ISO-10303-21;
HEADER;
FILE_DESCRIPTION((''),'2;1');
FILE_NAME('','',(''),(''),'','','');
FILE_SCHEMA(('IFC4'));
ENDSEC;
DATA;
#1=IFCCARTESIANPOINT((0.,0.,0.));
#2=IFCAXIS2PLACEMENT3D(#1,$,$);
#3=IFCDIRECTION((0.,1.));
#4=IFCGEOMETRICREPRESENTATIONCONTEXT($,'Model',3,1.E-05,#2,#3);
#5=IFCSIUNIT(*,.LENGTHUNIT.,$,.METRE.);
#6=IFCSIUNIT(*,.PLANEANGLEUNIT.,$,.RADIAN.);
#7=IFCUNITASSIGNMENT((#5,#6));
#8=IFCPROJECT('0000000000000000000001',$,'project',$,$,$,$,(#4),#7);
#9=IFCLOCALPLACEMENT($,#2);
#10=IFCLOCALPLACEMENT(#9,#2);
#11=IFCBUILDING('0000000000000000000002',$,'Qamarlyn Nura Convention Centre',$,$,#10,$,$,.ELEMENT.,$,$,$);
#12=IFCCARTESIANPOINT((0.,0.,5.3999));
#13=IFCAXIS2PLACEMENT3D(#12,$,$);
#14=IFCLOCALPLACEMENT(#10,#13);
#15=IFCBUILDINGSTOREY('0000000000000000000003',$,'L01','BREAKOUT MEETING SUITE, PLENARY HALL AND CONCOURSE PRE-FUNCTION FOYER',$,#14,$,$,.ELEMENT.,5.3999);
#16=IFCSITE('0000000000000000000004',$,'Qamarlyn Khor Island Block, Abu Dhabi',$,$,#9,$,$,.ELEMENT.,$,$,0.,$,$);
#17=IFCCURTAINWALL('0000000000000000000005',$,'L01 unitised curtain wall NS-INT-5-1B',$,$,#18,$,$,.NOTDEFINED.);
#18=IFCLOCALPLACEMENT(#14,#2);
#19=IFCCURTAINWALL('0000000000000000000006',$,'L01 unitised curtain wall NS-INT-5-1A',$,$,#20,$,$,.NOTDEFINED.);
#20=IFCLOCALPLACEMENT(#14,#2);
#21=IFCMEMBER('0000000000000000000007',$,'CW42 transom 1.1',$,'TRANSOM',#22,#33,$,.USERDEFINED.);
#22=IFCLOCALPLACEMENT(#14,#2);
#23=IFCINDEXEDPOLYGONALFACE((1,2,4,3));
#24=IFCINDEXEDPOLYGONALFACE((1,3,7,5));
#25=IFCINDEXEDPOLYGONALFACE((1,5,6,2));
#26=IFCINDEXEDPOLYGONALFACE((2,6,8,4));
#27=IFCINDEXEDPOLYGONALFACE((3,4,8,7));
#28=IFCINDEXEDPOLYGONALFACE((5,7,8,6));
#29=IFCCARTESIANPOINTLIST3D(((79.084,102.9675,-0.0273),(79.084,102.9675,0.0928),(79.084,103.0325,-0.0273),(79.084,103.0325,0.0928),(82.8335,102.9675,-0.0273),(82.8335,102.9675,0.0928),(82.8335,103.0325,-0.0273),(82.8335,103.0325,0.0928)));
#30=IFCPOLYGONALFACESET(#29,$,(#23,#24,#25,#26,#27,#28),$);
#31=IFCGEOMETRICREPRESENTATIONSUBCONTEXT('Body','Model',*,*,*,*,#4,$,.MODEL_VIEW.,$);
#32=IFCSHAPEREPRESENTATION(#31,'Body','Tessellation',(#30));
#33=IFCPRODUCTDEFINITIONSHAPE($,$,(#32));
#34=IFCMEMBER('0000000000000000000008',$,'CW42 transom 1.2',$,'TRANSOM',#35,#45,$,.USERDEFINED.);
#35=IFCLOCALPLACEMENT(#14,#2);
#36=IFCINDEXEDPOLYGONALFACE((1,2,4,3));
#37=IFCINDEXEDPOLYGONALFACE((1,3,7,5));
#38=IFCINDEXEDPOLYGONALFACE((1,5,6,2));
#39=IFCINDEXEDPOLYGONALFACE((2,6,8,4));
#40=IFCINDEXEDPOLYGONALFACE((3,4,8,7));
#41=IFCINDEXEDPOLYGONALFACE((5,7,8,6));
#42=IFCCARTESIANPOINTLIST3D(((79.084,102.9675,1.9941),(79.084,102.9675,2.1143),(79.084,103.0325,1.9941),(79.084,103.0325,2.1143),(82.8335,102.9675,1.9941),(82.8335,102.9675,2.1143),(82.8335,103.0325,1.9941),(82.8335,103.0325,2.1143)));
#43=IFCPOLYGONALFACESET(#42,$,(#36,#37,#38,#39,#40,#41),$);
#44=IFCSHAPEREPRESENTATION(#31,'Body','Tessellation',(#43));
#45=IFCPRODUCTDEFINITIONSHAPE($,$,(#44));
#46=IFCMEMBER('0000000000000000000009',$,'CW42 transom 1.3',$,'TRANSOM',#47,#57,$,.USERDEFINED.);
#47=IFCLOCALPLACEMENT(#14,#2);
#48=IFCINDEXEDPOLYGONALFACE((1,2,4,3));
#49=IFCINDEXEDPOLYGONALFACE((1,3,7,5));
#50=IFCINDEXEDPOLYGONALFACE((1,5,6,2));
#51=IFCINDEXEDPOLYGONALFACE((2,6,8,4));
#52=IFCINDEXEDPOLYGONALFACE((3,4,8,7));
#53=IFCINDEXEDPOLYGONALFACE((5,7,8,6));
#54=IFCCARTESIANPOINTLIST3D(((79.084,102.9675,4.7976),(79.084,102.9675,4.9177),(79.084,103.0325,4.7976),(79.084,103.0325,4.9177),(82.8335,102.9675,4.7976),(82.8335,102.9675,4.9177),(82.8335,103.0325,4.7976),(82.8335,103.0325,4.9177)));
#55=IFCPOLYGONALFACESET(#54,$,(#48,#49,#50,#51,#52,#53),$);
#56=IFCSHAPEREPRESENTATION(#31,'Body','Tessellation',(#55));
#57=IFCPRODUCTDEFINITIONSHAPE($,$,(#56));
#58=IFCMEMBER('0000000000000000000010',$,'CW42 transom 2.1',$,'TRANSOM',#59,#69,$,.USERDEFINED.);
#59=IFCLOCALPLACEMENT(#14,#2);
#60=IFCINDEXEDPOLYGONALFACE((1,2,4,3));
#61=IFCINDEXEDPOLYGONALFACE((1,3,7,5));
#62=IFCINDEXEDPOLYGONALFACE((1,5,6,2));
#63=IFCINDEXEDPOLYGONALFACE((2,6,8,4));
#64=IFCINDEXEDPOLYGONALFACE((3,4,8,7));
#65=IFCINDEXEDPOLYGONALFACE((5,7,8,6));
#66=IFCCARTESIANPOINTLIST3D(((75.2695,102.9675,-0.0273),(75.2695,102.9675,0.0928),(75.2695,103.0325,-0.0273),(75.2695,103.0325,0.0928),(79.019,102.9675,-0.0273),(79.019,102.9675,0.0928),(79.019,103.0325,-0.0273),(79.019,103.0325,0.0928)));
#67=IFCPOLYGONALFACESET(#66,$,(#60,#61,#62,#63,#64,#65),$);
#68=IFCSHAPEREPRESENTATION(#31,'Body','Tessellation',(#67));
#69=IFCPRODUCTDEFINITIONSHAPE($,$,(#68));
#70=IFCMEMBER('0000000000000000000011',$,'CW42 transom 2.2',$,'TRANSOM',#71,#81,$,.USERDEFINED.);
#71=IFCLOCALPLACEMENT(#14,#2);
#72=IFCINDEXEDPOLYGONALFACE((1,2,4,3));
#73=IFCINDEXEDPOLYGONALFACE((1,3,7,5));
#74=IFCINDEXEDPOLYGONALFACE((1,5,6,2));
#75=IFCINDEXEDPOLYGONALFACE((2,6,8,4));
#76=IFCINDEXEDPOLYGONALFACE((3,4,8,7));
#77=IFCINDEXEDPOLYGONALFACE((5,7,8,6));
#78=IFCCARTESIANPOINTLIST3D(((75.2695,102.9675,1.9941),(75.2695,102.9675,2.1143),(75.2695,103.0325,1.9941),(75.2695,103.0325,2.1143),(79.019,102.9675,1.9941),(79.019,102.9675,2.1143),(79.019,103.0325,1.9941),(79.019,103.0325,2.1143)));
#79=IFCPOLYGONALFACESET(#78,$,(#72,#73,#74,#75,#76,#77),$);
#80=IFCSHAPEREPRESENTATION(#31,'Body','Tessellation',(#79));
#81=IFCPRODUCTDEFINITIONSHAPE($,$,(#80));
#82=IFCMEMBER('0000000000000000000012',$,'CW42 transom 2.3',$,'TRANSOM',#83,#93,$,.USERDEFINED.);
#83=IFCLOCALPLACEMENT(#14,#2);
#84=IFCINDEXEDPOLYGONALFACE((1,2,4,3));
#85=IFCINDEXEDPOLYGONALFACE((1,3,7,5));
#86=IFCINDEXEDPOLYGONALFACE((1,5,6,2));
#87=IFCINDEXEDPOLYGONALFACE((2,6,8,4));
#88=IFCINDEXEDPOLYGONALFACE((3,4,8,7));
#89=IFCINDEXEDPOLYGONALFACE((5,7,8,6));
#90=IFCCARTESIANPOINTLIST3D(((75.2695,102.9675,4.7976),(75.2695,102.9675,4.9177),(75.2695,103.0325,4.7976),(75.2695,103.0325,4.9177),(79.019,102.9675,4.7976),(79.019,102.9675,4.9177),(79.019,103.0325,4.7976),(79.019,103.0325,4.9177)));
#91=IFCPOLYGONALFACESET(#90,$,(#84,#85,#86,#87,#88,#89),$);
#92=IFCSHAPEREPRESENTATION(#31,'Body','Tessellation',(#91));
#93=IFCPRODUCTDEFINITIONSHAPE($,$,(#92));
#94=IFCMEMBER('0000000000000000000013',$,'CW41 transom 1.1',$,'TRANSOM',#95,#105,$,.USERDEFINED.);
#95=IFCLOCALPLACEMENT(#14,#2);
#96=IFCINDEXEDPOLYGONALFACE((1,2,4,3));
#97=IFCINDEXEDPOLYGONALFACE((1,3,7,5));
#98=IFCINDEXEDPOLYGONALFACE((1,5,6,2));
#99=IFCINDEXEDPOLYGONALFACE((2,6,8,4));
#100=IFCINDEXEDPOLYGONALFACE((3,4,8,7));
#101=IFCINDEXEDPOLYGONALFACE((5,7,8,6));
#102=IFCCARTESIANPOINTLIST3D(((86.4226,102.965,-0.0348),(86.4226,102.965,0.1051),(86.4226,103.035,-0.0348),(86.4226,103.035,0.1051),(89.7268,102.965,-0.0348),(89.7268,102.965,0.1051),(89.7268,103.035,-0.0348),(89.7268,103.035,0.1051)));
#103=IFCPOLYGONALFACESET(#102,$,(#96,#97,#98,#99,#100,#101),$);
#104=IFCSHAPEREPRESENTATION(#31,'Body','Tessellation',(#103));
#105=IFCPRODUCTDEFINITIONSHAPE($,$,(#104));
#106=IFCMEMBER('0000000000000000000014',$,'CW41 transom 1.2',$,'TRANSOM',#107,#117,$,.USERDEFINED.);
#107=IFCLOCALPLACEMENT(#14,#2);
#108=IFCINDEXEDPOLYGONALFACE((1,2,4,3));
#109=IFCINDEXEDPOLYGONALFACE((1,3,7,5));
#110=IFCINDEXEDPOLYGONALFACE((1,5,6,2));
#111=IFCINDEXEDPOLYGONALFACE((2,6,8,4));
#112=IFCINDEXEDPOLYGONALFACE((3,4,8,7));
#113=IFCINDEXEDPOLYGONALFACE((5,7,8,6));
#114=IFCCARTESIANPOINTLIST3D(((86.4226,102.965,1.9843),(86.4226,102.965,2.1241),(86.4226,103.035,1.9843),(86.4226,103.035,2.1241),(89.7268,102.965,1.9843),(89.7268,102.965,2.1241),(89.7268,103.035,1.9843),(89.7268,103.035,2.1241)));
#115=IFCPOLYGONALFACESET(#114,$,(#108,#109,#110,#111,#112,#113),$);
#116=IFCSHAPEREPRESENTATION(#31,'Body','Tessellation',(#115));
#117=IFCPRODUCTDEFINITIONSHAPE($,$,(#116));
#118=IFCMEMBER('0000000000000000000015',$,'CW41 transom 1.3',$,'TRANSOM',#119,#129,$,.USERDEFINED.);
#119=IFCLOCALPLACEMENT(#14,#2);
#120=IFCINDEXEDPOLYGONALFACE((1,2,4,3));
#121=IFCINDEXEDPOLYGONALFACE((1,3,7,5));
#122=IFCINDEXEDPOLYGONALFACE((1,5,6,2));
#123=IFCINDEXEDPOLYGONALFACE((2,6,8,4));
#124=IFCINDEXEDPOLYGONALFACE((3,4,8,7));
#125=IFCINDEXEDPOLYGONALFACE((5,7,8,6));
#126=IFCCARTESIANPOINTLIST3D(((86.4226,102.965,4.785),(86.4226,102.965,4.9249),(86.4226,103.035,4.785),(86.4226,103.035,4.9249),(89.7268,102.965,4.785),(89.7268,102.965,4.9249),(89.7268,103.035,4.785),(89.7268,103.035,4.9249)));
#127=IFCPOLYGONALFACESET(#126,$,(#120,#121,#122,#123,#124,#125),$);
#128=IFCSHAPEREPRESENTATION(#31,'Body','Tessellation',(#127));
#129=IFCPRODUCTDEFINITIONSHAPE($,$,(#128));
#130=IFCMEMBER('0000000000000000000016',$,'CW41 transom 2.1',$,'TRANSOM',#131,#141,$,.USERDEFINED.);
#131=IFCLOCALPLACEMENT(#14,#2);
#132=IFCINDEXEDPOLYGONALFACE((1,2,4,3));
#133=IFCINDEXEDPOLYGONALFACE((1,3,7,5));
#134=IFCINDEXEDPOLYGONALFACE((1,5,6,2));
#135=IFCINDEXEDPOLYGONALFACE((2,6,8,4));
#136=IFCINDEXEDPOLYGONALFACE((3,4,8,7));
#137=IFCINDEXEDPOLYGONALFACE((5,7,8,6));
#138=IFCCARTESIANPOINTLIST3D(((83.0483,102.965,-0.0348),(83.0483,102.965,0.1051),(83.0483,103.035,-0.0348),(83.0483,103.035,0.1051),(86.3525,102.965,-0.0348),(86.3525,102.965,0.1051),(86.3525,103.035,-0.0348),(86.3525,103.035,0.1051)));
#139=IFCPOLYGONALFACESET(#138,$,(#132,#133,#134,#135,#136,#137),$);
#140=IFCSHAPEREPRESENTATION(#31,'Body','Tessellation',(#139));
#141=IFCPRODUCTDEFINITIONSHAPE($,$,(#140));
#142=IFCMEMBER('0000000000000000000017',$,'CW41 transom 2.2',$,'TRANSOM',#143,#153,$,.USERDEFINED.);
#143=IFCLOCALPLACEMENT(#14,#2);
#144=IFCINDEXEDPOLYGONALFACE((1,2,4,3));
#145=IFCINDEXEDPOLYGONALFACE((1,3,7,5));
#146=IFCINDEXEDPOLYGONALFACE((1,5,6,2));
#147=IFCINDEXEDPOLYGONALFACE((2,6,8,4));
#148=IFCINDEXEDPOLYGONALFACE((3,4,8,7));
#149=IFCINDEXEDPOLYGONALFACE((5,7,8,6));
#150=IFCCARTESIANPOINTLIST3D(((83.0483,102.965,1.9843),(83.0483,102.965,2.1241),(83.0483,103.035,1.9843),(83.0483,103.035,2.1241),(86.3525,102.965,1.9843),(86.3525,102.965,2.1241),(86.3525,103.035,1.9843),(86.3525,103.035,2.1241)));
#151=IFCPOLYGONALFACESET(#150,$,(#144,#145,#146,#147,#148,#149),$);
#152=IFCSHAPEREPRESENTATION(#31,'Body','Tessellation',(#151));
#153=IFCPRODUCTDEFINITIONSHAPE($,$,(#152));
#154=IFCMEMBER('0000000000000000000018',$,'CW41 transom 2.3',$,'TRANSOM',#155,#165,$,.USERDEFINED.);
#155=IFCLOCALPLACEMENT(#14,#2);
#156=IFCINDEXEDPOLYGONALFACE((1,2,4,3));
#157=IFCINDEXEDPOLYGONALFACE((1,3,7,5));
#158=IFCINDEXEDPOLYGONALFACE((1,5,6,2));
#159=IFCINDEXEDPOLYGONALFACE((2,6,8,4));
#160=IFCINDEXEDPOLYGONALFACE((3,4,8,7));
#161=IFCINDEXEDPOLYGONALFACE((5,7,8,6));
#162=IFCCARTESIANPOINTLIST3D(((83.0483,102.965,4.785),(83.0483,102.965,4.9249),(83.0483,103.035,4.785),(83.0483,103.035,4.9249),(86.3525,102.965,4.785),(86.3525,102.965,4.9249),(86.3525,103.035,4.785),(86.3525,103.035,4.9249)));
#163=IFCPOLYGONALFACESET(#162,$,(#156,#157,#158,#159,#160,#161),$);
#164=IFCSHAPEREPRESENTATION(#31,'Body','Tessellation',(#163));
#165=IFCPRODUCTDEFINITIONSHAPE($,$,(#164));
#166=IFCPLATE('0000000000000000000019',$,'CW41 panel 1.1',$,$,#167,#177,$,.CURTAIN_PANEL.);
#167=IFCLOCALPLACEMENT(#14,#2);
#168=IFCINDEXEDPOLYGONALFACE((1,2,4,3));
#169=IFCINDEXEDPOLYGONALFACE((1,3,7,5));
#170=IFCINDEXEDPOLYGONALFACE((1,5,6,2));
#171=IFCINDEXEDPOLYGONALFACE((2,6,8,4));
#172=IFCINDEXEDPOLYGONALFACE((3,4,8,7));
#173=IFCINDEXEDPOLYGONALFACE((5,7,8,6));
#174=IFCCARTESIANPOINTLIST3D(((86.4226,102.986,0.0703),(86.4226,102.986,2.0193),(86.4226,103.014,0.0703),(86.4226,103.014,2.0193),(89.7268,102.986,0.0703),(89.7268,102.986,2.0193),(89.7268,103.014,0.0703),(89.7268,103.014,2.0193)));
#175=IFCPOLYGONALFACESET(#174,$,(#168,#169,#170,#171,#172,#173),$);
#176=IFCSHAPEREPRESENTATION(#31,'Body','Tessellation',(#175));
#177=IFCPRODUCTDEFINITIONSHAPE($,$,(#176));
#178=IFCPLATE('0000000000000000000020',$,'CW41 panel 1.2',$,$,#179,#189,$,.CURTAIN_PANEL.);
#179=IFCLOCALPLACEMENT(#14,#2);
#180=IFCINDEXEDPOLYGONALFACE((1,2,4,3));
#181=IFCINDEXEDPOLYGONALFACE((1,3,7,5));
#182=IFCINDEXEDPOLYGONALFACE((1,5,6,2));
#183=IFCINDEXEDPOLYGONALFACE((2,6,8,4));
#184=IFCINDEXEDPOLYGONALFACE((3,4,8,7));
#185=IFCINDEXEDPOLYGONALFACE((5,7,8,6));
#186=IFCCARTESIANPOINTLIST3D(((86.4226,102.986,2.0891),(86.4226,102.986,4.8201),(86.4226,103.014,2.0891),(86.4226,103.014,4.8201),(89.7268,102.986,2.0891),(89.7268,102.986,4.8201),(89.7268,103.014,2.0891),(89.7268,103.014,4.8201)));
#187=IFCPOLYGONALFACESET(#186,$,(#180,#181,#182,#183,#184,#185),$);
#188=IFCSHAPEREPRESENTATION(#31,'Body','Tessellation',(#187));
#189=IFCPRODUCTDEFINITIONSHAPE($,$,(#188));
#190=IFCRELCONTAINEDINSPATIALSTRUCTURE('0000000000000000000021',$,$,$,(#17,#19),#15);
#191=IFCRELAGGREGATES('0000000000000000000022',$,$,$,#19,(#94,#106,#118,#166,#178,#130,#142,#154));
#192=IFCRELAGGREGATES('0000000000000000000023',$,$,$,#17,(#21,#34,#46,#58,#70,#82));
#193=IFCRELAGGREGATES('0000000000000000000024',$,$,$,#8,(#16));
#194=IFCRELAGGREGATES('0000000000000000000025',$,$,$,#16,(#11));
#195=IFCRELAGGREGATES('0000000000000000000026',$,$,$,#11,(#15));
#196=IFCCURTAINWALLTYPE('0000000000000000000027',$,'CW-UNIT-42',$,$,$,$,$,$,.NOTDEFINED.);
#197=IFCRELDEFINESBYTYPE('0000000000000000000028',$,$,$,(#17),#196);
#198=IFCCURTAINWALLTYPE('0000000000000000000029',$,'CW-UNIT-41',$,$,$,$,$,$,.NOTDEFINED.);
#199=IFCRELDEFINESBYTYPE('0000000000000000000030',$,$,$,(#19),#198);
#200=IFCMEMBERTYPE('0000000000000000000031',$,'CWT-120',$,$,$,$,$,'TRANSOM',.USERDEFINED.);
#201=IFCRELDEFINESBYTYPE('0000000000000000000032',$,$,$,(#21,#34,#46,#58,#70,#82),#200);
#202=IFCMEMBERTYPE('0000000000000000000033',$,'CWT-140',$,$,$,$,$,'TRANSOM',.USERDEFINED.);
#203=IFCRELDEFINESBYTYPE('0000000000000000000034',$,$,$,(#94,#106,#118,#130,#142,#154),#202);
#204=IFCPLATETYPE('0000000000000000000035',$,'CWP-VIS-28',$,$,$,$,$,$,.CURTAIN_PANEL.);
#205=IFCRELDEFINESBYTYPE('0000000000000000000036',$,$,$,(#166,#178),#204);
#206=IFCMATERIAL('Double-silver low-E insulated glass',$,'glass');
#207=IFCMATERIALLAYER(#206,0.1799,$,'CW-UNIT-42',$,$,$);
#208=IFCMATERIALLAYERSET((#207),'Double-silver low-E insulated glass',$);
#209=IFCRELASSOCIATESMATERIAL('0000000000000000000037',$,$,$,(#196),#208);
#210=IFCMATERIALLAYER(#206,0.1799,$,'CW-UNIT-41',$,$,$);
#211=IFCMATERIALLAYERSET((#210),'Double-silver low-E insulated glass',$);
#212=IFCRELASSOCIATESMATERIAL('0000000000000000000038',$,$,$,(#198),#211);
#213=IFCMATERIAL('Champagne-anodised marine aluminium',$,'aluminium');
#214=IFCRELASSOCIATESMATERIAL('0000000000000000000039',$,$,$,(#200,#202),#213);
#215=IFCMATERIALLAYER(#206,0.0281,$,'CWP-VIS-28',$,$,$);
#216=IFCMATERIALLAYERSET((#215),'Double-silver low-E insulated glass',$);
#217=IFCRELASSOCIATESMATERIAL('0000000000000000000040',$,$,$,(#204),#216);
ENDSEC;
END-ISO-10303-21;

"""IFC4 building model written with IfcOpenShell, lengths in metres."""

from ifc_helpers import new_model, si_unit, direction, frame, origin, origin_2d, place, context, subcontext, project, spatial, rectangle, extrude, material, layer, layer_set, material_profile, profile_set, type_object, element, aggregate, save


model = new_model("IFC4")

# Units and contexts
model_context = context("Model", 3, precision=1e-05, world=origin(), true_north=direction((0.0, 1.0)))
body_context = subcontext(model_context, "Body", "Model", "MODEL_VIEW")
ifc_project = project(units=[si_unit("LENGTHUNIT", "METRE"), si_unit("PLANEANGLEUNIT", "RADIAN")], contexts=[model_context])

# Site, building, storey
site_placement = place(None, origin())
site = spatial("IfcSite", under=ifc_project, at=site_placement, Name="Qamarlyn Khor Island Block, Abu Dhabi", CompositionType="ELEMENT", RefElevation=0.0)
building_placement = place(site_placement, origin())
building = spatial("IfcBuilding", under=site, at=building_placement, Name="Qamarlyn Nura Convention Centre", CompositionType="ELEMENT")
storey_placement = place(building_placement, frame((0.0, 0.0, 5.3999)))
storey = spatial("IfcBuildingStorey", under=building, at=storey_placement, Name="L01", Description="BREAKOUT MEETING SUITE, PLENARY HALL AND CONCOURSE PRE-FUNCTION FOYER", CompositionType="ELEMENT", Elevation=5.3999)

# Shared definitions
ifc_material_1 = material(Name="Double-silver low-E insulated glass", Category="glass")
ifc_material_2 = material(Name="Champagne-anodised marine aluminium", Category="aluminium")

# Curtain walls
ifc_layer_1 = layer(ifc_material_1, 0.1799, Name="CW-UNIT-42")
ifc_layer_set_1 = layer_set([ifc_layer_1], Name="Double-silver low-E insulated glass")
curtain_wall_type_1 = type_object("IfcCurtainWallType", Name="CW-UNIT-42", PredefinedType="NOTDEFINED", material=ifc_layer_set_1)
curtain_wall_1_placement = place(storey_placement, origin())
curtain_wall_1 = element("IfcCurtainWall", 1, at=curtain_wall_1_placement, inside=storey, type_object=curtain_wall_type_1, Name="L01 unitised curtain wall NS-INT-5-1B", PredefinedType="NOTDEFINED")
ifc_layer_2 = layer(ifc_material_1, 0.1799, Name="CW-UNIT-41")
ifc_layer_set_2 = layer_set([ifc_layer_2], Name="Double-silver low-E insulated glass")
curtain_wall_type_2 = type_object("IfcCurtainWallType", Name="CW-UNIT-41", PredefinedType="NOTDEFINED", material=ifc_layer_set_2)
curtain_wall_2_placement = place(storey_placement, origin())
curtain_wall_2 = element("IfcCurtainWall", 2, at=curtain_wall_2_placement, inside=storey, type_object=curtain_wall_type_2, Name="L01 unitised curtain wall NS-INT-5-1A", PredefinedType="NOTDEFINED")

# Members
ifc_material_profile_1 = material_profile(ifc_material_2, rectangle(XDim=0.0649, YDim=0.1201, at=origin_2d()), Name="ALU TRANSOM 65x120")
ifc_profile_set_1 = profile_set([ifc_material_profile_1], Name="Champagne-anodised marine aluminium")
member_type_1 = type_object("IfcMemberType", Name="CWT-120", ElementType="TRANSOM", PredefinedType="USERDEFINED", material=ifc_profile_set_1)
member_1_placement = place(storey_placement, frame((82.8335, 103.0, 0.0327), z_axis=(-1.0, 0.0, 0.0), x_axis=(0.0, -1.0, 0.0)))
member_1 = element("IfcMember", 3, at=member_1_placement, type_object=member_type_1, Name="CW42 transom 1.1", ObjectType="TRANSOM", PredefinedType="USERDEFINED", context=body_context, shape_type="SweptSolid", body=[
    extrude(rectangle(XDim=0.0649, YDim=0.1201, at=origin_2d()), origin(), (0.0, 0.0, 1.0), 3.7495),
])
member_2_placement = place(storey_placement, frame((82.8335, 103.0, 2.0542), z_axis=(-1.0, 0.0, 0.0), x_axis=(0.0, -1.0, 0.0)))
member_2 = element("IfcMember", 4, at=member_2_placement, type_object=member_type_1, Name="CW42 transom 1.2", ObjectType="TRANSOM", PredefinedType="USERDEFINED", context=body_context, shape_type="SweptSolid", body=[
    extrude(rectangle(XDim=0.0649, YDim=0.1201, at=origin_2d()), origin(), (0.0, 0.0, 1.0), 3.7495),
])
member_3_placement = place(storey_placement, frame((82.8335, 103.0, 4.8577), z_axis=(-1.0, 0.0, 0.0), x_axis=(0.0, -1.0, 0.0)))
member_3 = element("IfcMember", 5, at=member_3_placement, type_object=member_type_1, Name="CW42 transom 1.3", ObjectType="TRANSOM", PredefinedType="USERDEFINED", context=body_context, shape_type="SweptSolid", body=[
    extrude(rectangle(XDim=0.0649, YDim=0.1201, at=origin_2d()), origin(), (0.0, 0.0, 1.0), 3.7495),
])
member_4_placement = place(storey_placement, frame((79.019, 103.0, 0.0327), z_axis=(-1.0, 0.0, 0.0), x_axis=(0.0, -1.0, 0.0)))
member_4 = element("IfcMember", 6, at=member_4_placement, type_object=member_type_1, Name="CW42 transom 2.1", ObjectType="TRANSOM", PredefinedType="USERDEFINED", context=body_context, shape_type="SweptSolid", body=[
    extrude(rectangle(XDim=0.0649, YDim=0.1201, at=origin_2d()), origin(), (0.0, 0.0, 1.0), 3.7495),
])
member_5_placement = place(storey_placement, frame((79.019, 103.0, 2.0542), z_axis=(-1.0, 0.0, 0.0), x_axis=(0.0, -1.0, 0.0)))
member_5 = element("IfcMember", 7, at=member_5_placement, type_object=member_type_1, Name="CW42 transom 2.2", ObjectType="TRANSOM", PredefinedType="USERDEFINED", context=body_context, shape_type="SweptSolid", body=[
    extrude(rectangle(XDim=0.0649, YDim=0.1201, at=origin_2d()), origin(), (0.0, 0.0, 1.0), 3.7495),
])
member_6_placement = place(storey_placement, frame((79.019, 103.0, 4.8577), z_axis=(-1.0, 0.0, 0.0), x_axis=(0.0, -1.0, 0.0)))
member_6 = element("IfcMember", 8, at=member_6_placement, type_object=member_type_1, Name="CW42 transom 2.3", ObjectType="TRANSOM", PredefinedType="USERDEFINED", context=body_context, shape_type="SweptSolid", body=[
    extrude(rectangle(XDim=0.0649, YDim=0.1201, at=origin_2d()), origin(), (0.0, 0.0, 1.0), 3.7495),
])
ifc_material_profile_2 = material_profile(ifc_material_2, rectangle(XDim=0.0701, YDim=0.1399, at=origin_2d()), Name="ALU TRANSOM 70x140")
ifc_profile_set_2 = profile_set([ifc_material_profile_2], Name="Champagne-anodised marine aluminium")
member_type_2 = type_object("IfcMemberType", Name="CWT-140", ElementType="TRANSOM", PredefinedType="USERDEFINED", material=ifc_profile_set_2)
member_7_placement = place(storey_placement, frame((89.7268, 103.0, 0.0352), z_axis=(-1.0, 0.0, 0.0), x_axis=(0.0, -1.0, 0.0)))
member_7 = element("IfcMember", 9, at=member_7_placement, type_object=member_type_2, Name="CW41 transom 1.1", ObjectType="TRANSOM", PredefinedType="USERDEFINED", context=body_context, shape_type="SweptSolid", body=[
    extrude(rectangle(XDim=0.0701, YDim=0.1399, at=origin_2d()), origin(), (0.0, 0.0, 1.0), 3.3042),
])
member_8_placement = place(storey_placement, frame((89.7268, 103.0, 2.0542), z_axis=(-1.0, 0.0, 0.0), x_axis=(0.0, -1.0, 0.0)))
member_8 = element("IfcMember", 10, at=member_8_placement, type_object=member_type_2, Name="CW41 transom 1.2", ObjectType="TRANSOM", PredefinedType="USERDEFINED", context=body_context, shape_type="SweptSolid", body=[
    extrude(rectangle(XDim=0.0701, YDim=0.1399, at=origin_2d()), origin(), (0.0, 0.0, 1.0), 3.3042),
])
member_9_placement = place(storey_placement, frame((89.7268, 103.0, 4.855), z_axis=(-1.0, 0.0, 0.0), x_axis=(0.0, -1.0, 0.0)))
member_9 = element("IfcMember", 11, at=member_9_placement, type_object=member_type_2, Name="CW41 transom 1.3", ObjectType="TRANSOM", PredefinedType="USERDEFINED", context=body_context, shape_type="SweptSolid", body=[
    extrude(rectangle(XDim=0.0701, YDim=0.1399, at=origin_2d()), origin(), (0.0, 0.0, 1.0), 3.3042),
])
member_10_placement = place(storey_placement, frame((86.3525, 103.0, 0.0352), z_axis=(-1.0, 0.0, 0.0), x_axis=(0.0, -1.0, 0.0)))
member_10 = element("IfcMember", 12, at=member_10_placement, type_object=member_type_2, Name="CW41 transom 2.1", ObjectType="TRANSOM", PredefinedType="USERDEFINED", context=body_context, shape_type="SweptSolid", body=[
    extrude(rectangle(XDim=0.0701, YDim=0.1399, at=origin_2d()), origin(), (0.0, 0.0, 1.0), 3.3042),
])
member_11_placement = place(storey_placement, frame((86.3525, 103.0, 2.0542), z_axis=(-1.0, 0.0, 0.0), x_axis=(0.0, -1.0, 0.0)))
member_11 = element("IfcMember", 13, at=member_11_placement, type_object=member_type_2, Name="CW41 transom 2.2", ObjectType="TRANSOM", PredefinedType="USERDEFINED", context=body_context, shape_type="SweptSolid", body=[
    extrude(rectangle(XDim=0.0701, YDim=0.1399, at=origin_2d()), origin(), (0.0, 0.0, 1.0), 3.3042),
])
member_12_placement = place(storey_placement, frame((86.3525, 103.0, 4.855), z_axis=(-1.0, 0.0, 0.0), x_axis=(0.0, -1.0, 0.0)))
member_12 = element("IfcMember", 14, at=member_12_placement, type_object=member_type_2, Name="CW41 transom 2.3", ObjectType="TRANSOM", PredefinedType="USERDEFINED", context=body_context, shape_type="SweptSolid", body=[
    extrude(rectangle(XDim=0.0701, YDim=0.1399, at=origin_2d()), origin(), (0.0, 0.0, 1.0), 3.3042),
])

# Plates
ifc_layer_3 = layer(ifc_material_1, 0.0281, Name="CWP-VIS-28")
ifc_layer_set_3 = layer_set([ifc_layer_3], Name="Double-silver low-E insulated glass")
plate_type = type_object("IfcPlateType", Name="CWP-VIS-28", PredefinedType="CURTAIN_PANEL", material=ifc_layer_set_3)
plate_1_placement = place(storey_placement, frame((88.0747, 103.0, 0.0703), z_axis=(0.0, 0.0, 1.0), x_axis=(-1.0, 0.0, 0.0)))
plate_1 = element("IfcPlate", 15, at=plate_1_placement, type_object=plate_type, Name="CW41 panel 1.1", PredefinedType="CURTAIN_PANEL", context=body_context, shape_type="SweptSolid", body=[
    extrude(rectangle(XDim=3.3042, YDim=0.0281, at=origin_2d()), origin(), (0.0, 0.0, 1.0), 1.949),
])
plate_2_placement = place(storey_placement, frame((88.0747, 103.0, 2.0891), z_axis=(0.0, 0.0, 1.0), x_axis=(-1.0, 0.0, 0.0)))
plate_2 = element("IfcPlate", 16, at=plate_2_placement, type_object=plate_type, Name="CW41 panel 1.2", PredefinedType="CURTAIN_PANEL", context=body_context, shape_type="SweptSolid", body=[
    extrude(rectangle(XDim=3.3042, YDim=0.0281, at=origin_2d()), origin(), (0.0, 0.0, 1.0), 2.731),
])
aggregate(curtain_wall_2, [member_7, member_8, member_9, plate_1, plate_2, member_10, member_11, member_12])
aggregate(curtain_wall_1, [member_1, member_2, member_3, member_4, member_5, member_6])

save(model, "model.ifc")
